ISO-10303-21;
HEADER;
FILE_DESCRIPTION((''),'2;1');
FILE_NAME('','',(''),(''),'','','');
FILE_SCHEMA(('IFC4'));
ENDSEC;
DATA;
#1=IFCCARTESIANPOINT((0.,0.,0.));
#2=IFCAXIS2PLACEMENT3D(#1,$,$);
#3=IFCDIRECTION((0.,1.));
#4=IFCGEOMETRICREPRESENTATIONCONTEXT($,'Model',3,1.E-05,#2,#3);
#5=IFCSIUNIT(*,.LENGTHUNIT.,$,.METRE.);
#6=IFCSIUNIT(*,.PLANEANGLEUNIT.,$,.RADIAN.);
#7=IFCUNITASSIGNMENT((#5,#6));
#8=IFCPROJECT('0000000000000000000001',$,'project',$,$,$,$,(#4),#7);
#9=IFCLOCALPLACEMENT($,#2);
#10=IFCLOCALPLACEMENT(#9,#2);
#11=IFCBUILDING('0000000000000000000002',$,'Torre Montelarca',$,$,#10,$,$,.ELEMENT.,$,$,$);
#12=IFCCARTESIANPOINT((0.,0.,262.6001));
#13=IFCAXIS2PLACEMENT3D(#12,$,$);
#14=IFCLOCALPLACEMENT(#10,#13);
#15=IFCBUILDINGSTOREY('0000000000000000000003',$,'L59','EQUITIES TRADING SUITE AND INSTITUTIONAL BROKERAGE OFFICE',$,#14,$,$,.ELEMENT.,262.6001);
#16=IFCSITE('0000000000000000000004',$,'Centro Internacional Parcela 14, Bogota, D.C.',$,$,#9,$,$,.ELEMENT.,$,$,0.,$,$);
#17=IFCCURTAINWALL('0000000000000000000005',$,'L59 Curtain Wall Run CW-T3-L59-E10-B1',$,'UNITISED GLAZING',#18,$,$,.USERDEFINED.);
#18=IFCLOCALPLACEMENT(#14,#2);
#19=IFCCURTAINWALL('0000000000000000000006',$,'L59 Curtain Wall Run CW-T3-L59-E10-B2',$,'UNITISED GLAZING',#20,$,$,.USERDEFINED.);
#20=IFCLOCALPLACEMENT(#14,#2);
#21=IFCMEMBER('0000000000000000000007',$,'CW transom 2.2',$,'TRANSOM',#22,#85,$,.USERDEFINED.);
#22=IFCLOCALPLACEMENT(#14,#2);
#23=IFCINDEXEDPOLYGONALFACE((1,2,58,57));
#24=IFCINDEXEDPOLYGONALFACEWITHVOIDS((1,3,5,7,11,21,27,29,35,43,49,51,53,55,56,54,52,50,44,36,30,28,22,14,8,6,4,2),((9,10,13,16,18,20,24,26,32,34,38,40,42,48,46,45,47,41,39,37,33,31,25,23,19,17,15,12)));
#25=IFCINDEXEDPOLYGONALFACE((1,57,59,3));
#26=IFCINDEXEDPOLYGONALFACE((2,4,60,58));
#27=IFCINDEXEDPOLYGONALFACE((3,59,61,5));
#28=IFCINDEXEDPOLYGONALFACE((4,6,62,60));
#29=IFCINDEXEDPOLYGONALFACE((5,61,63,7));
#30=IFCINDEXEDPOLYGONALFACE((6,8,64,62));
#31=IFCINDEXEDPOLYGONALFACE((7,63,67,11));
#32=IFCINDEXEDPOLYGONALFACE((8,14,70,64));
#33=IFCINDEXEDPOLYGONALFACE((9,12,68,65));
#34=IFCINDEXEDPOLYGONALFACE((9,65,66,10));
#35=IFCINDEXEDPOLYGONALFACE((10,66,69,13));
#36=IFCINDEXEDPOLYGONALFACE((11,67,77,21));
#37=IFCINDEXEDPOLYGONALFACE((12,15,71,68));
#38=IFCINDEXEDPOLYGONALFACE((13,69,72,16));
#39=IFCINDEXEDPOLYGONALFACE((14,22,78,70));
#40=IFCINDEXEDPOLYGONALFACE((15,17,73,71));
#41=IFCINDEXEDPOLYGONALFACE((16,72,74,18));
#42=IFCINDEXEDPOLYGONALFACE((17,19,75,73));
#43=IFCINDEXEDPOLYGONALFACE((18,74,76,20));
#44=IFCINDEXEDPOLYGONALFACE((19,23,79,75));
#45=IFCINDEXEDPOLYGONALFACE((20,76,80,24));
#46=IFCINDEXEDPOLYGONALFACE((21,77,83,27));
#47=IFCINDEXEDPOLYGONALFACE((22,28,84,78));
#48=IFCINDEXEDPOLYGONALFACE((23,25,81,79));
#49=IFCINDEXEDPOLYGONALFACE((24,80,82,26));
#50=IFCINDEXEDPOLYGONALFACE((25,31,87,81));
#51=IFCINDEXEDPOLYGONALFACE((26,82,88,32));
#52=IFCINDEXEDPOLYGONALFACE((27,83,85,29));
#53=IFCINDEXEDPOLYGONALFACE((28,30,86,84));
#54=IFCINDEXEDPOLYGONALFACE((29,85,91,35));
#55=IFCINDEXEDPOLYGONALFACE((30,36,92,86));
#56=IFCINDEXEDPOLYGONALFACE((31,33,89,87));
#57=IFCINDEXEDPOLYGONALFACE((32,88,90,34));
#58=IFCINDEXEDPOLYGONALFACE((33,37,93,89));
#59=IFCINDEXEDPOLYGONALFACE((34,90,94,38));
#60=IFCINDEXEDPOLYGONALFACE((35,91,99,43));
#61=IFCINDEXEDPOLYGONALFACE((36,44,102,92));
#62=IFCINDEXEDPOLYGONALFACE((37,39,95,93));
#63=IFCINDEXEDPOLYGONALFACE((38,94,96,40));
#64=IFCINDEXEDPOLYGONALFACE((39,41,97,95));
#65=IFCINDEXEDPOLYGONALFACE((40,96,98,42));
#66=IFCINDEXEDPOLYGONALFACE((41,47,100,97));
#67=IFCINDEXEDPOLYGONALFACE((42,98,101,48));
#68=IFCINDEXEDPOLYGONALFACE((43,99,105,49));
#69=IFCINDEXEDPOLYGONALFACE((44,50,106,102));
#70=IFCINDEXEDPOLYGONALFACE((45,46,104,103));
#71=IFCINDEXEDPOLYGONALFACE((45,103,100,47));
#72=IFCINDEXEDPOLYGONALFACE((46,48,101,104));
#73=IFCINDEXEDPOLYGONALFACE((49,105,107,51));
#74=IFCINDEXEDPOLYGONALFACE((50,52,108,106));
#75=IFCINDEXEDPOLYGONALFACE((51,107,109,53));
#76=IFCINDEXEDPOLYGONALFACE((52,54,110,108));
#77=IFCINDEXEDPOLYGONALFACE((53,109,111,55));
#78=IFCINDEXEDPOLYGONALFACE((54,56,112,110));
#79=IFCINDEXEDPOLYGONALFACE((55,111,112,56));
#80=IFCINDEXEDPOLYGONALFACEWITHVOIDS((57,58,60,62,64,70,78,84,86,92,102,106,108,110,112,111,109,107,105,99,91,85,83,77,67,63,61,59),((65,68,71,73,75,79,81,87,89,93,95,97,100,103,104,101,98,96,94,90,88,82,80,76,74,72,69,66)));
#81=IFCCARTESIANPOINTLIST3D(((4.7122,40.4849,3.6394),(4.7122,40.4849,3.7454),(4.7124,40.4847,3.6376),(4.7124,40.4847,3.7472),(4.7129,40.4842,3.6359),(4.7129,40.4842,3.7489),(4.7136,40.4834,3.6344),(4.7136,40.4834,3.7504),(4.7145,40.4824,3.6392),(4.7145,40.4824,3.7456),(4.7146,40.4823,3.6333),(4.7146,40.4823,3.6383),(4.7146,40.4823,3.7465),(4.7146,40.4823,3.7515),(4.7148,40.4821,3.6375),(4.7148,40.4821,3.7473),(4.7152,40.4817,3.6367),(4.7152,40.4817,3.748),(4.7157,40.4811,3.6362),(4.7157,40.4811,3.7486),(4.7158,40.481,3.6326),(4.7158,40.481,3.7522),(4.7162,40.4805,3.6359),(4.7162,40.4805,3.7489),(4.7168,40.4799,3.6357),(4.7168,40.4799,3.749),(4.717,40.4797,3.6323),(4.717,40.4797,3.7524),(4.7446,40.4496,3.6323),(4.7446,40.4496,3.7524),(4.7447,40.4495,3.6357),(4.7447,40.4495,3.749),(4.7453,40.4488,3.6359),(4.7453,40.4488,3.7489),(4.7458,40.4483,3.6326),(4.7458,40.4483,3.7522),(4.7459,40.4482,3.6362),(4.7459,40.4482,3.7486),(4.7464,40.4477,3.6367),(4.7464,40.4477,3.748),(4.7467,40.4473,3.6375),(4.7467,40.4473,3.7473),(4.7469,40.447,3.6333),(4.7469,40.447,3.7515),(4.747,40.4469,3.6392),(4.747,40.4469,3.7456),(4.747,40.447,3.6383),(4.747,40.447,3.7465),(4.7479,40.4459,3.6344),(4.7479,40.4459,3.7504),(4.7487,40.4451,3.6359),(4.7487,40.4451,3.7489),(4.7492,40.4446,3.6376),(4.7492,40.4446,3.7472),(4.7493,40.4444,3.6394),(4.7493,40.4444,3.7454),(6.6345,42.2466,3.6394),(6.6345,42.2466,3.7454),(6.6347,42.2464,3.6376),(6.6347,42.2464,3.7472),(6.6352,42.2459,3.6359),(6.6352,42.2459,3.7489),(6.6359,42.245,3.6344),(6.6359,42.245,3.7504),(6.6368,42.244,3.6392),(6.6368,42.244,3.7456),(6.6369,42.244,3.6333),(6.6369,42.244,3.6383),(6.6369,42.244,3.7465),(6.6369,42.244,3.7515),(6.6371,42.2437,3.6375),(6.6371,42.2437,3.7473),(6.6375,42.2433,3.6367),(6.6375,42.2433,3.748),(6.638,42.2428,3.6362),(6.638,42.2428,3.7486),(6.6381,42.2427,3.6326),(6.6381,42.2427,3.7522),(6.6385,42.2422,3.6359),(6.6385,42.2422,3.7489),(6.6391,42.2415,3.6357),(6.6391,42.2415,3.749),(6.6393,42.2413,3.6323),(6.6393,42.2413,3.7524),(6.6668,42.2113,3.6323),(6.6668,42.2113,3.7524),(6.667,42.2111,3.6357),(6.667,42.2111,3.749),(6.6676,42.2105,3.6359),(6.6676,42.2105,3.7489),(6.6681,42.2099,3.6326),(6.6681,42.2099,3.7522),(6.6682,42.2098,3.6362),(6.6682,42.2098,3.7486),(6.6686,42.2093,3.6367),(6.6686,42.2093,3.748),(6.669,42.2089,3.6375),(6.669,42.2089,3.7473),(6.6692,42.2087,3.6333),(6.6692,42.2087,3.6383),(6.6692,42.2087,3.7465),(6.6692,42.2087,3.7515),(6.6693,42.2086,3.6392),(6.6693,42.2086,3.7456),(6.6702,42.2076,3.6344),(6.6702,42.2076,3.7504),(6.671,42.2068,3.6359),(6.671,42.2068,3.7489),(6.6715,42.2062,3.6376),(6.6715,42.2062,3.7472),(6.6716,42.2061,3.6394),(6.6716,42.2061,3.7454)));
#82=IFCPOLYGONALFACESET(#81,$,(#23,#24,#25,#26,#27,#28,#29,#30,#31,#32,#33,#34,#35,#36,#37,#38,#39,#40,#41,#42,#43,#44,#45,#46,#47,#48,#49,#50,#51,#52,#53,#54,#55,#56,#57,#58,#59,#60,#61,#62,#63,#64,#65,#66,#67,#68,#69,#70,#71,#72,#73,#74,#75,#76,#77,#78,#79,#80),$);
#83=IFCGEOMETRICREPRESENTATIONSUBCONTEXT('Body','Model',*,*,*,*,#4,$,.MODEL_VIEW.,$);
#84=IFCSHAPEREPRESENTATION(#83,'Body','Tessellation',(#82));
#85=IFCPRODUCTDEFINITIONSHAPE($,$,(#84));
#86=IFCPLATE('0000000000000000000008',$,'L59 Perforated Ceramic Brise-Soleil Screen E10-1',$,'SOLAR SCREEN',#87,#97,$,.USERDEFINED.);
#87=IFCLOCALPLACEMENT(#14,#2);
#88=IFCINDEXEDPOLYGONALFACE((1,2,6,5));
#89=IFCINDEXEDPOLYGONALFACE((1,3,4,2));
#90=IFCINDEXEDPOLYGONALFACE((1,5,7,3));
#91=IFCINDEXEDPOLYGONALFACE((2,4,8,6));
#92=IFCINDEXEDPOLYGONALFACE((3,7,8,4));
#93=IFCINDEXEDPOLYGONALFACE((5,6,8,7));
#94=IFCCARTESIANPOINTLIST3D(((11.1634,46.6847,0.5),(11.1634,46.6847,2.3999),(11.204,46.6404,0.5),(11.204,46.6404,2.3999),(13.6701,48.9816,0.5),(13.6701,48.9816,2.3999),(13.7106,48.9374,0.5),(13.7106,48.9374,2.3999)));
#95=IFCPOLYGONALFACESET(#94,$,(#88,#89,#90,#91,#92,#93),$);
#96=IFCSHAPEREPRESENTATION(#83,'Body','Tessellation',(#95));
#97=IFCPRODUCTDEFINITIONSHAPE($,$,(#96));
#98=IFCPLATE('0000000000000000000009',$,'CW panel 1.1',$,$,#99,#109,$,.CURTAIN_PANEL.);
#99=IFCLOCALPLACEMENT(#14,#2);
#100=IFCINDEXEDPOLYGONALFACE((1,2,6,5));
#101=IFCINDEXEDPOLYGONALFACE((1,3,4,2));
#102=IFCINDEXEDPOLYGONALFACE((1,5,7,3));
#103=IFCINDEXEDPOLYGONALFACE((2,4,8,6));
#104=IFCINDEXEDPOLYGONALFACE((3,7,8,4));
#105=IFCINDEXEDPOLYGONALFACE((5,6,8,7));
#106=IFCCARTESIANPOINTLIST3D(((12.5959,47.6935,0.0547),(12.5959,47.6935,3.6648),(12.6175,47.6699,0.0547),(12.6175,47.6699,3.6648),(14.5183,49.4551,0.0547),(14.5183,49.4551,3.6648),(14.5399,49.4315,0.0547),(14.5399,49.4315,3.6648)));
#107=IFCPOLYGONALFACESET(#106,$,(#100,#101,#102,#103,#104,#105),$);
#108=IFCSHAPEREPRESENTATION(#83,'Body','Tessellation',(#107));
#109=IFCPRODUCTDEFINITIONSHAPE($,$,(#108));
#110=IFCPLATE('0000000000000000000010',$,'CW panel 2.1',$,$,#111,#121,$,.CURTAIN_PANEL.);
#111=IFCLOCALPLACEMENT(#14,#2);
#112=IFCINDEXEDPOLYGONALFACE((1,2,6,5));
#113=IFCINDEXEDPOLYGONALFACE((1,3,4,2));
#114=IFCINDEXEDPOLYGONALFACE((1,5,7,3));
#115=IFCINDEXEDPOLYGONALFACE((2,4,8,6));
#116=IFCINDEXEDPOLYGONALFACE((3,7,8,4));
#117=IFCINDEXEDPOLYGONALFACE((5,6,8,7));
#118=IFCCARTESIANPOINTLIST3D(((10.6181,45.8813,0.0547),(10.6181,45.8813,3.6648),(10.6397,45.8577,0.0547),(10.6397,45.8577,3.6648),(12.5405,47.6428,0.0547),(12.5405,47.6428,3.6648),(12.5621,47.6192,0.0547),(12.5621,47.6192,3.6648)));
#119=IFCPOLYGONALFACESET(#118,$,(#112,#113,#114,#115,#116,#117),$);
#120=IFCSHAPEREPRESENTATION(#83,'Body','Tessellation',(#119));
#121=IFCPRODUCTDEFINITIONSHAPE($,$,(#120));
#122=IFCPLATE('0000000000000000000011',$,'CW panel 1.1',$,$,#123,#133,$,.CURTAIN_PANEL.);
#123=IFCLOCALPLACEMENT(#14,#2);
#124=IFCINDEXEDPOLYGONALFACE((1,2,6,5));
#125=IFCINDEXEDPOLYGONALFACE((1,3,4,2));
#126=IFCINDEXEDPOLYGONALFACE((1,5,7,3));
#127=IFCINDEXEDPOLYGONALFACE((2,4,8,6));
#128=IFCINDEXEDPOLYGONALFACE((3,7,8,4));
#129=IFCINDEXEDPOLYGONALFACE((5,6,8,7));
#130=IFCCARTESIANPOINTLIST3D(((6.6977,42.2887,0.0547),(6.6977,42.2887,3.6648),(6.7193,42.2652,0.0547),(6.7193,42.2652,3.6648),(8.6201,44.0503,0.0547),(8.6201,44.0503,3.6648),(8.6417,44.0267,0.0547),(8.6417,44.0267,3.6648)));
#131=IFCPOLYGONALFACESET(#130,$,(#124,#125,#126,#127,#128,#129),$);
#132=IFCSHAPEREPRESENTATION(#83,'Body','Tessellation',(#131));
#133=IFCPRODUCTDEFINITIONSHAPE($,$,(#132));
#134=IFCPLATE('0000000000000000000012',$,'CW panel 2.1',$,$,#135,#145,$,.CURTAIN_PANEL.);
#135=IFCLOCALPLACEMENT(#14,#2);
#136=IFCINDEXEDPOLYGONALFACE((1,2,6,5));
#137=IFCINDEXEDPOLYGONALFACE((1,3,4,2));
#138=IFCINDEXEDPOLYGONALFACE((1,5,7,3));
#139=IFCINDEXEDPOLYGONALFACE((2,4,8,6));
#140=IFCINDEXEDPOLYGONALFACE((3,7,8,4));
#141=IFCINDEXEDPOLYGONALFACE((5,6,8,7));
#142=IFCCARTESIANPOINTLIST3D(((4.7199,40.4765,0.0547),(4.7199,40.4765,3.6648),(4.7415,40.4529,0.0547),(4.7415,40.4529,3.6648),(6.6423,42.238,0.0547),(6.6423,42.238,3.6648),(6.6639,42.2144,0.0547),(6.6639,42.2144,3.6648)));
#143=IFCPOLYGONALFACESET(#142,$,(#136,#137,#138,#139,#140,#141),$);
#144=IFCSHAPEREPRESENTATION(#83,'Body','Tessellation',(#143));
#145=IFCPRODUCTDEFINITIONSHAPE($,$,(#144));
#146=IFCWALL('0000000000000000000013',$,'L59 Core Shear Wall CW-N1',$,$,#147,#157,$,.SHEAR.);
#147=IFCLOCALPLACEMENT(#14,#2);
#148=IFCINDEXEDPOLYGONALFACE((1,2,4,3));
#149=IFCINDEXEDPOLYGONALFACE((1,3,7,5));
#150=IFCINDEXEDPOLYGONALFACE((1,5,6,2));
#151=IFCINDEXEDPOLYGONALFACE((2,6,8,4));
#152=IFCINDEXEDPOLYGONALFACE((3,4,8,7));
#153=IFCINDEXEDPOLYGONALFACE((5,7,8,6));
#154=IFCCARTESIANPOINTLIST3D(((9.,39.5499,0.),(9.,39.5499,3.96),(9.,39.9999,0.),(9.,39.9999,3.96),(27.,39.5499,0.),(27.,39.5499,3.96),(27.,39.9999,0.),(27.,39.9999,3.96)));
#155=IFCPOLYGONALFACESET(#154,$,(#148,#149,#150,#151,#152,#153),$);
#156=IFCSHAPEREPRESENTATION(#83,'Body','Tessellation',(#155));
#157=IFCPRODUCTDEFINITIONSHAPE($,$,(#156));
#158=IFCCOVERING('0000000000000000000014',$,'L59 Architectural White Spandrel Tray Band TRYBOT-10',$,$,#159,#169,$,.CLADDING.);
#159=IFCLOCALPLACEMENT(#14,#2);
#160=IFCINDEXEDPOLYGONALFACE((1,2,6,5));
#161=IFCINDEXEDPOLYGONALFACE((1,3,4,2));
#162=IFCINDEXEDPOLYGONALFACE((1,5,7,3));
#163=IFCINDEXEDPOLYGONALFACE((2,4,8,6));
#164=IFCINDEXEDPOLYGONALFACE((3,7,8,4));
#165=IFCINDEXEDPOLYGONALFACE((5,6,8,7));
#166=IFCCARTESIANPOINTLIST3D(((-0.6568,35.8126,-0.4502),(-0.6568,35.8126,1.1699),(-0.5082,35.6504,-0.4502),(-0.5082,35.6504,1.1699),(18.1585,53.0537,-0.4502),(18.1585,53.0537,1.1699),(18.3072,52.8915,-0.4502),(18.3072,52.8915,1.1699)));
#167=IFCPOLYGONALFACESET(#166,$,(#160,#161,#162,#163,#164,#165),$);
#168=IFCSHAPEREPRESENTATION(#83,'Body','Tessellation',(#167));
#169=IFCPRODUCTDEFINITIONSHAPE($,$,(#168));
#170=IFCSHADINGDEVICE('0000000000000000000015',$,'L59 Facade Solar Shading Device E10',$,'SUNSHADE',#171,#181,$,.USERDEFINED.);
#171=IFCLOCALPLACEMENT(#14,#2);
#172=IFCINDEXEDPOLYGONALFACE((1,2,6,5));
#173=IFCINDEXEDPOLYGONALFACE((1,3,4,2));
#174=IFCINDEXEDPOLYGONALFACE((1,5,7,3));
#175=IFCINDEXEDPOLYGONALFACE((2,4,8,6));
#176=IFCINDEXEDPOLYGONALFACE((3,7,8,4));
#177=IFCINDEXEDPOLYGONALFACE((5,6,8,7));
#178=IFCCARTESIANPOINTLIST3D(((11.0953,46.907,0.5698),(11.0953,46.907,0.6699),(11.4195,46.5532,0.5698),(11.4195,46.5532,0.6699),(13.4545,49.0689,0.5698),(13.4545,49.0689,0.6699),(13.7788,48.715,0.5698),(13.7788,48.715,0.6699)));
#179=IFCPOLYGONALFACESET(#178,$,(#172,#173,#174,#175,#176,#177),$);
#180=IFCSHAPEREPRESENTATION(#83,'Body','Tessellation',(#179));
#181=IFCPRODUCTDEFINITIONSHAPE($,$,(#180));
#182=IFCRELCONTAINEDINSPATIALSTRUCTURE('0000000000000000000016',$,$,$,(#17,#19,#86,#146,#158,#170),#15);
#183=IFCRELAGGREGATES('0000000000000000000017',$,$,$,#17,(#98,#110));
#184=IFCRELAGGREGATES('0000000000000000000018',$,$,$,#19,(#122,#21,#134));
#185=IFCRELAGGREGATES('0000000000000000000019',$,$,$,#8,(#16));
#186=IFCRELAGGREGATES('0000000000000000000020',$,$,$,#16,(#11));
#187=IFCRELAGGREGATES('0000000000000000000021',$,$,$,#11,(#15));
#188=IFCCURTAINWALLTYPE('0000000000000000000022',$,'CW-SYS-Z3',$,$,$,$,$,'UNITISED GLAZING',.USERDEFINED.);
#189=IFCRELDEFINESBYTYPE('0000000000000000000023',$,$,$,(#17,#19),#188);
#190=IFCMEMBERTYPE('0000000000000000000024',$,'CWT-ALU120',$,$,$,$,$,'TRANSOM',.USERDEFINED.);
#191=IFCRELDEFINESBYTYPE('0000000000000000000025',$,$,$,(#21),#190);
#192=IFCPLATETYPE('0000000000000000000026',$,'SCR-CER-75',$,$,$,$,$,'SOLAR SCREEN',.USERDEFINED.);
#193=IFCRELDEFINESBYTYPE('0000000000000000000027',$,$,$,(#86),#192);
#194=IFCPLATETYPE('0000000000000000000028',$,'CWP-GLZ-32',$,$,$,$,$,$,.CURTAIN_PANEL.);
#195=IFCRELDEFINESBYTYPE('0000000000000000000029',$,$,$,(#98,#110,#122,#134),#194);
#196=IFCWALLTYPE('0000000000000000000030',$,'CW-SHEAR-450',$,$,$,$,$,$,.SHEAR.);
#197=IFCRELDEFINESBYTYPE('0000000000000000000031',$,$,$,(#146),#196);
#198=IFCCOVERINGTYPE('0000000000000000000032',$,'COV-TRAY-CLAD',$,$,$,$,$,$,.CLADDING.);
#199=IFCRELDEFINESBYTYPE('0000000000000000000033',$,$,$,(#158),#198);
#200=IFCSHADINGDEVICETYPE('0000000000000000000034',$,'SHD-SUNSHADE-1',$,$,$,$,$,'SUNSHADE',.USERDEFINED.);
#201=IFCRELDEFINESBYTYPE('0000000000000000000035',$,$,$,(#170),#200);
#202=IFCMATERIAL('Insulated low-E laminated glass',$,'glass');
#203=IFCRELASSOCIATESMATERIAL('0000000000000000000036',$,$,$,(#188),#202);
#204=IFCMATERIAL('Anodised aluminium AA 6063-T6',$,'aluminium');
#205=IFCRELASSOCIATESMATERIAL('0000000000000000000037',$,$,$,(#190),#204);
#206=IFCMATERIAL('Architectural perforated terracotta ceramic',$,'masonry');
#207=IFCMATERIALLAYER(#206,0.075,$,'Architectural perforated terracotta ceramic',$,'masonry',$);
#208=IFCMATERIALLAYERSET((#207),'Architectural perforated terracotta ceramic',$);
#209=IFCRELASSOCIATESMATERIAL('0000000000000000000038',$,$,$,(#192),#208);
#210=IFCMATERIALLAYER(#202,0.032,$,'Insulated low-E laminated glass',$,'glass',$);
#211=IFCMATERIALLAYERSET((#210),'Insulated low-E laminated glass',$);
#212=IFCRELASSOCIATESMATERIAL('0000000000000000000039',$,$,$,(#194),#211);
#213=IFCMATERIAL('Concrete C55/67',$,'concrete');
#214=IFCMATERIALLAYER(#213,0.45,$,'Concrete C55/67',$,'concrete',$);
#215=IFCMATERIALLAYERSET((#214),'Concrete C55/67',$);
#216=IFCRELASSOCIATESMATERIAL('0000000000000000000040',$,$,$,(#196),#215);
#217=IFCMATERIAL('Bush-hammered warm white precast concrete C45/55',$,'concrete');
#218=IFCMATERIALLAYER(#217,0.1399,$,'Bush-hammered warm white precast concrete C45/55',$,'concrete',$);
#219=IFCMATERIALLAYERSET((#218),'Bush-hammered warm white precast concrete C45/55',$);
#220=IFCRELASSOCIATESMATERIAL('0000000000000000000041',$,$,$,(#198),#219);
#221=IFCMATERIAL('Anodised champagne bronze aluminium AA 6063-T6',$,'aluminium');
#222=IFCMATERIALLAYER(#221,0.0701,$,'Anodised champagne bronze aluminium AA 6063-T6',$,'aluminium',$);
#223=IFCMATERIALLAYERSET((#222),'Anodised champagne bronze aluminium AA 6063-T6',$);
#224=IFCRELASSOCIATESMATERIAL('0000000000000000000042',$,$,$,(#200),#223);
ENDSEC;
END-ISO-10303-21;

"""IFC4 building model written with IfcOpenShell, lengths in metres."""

from ifc_helpers import new_model, si_unit, direction, frame, frame_2d, origin, origin_2d, place, context, subcontext, project, spatial, rectangle, hollow_rectangle, extrude, source, transform, mapped, material, layer, layer_set, material_profile, profile_set, type_object, element, aggregate, save


model = new_model("IFC4")

# Units and contexts
model_context = context("Model", 3, precision=1e-05, world=origin(), true_north=direction((0.0, 1.0)))
body_context = subcontext(model_context, "Body", "Model", "MODEL_VIEW")
ifc_project = project(units=[si_unit("LENGTHUNIT", "METRE"), si_unit("PLANEANGLEUNIT", "RADIAN")], contexts=[model_context])

# Site, building, storey
site_placement = place(None, origin())
site = spatial("IfcSite", under=ifc_project, at=site_placement, Name="Centro Internacional Parcela 14, Bogota, D.C.", CompositionType="ELEMENT", RefElevation=0.0)
building_placement = place(site_placement, origin())
building = spatial("IfcBuilding", under=site, at=building_placement, Name="Torre Montelarca", CompositionType="ELEMENT")
storey_placement = place(building_placement, frame((0.0, 0.0, 262.6001)))
storey = spatial("IfcBuildingStorey", under=building, at=storey_placement, Name="L59", Description="EQUITIES TRADING SUITE AND INSTITUTIONAL BROKERAGE OFFICE", CompositionType="ELEMENT", Elevation=262.6001)

# Shared definitions
ifc_material_1 = material(Name="Concrete C55/67", Category="concrete")

# Curtain walls
ifc_material_2 = material(Name="Insulated low-E laminated glass", Category="glass")
curtain_wall_type = type_object("IfcCurtainWallType", Name="CW-SYS-Z3", ElementType="UNITISED GLAZING", PredefinedType="USERDEFINED", material=ifc_material_2)
curtain_wall_1_placement = place(storey_placement, origin())
curtain_wall_1 = element("IfcCurtainWall", 1, at=curtain_wall_1_placement, inside=storey, type_object=curtain_wall_type, Name="L59 Curtain Wall Run CW-T3-L59-E10-B1", ObjectType="UNITISED GLAZING", PredefinedType="USERDEFINED")
ifc_material_3 = material(Name="Anodised aluminium AA 6063-T6", Category="aluminium")
curtain_wall_2_placement = place(storey_placement, origin())
curtain_wall_2 = element("IfcCurtainWall", 2, at=curtain_wall_2_placement, inside=storey, type_object=curtain_wall_type, Name="L59 Curtain Wall Run CW-T3-L59-E10-B2", ObjectType="UNITISED GLAZING", PredefinedType="USERDEFINED")

# Member
ifc_material_profile_1 = material_profile(ifc_material_3, hollow_rectangle(XDim=0.0549, YDim=0.1201, WallThickness=0.0034, InnerFilletRadius=0.0034, OuterFilletRadius=0.0071, at=origin_2d()), Name="ALU55X120X3.5", Category="aluminium")
ifc_profile_set_1 = profile_set([ifc_material_profile_1], Name="Anodised aluminium AA 6063-T6")
member_type_1 = type_object("IfcMemberType", Name="CWT-ALU120", ElementType="TRANSOM", PredefinedType="USERDEFINED", material=ifc_profile_set_1)
shared_shape_1 = source(origin(), body_context, "Body", "SweptSolid", [
    extrude(hollow_rectangle(XDim=0.0549, YDim=0.1201, WallThickness=0.0034, InnerFilletRadius=0.0034, OuterFilletRadius=0.0071, at=origin_2d()), origin(), (0.0, 0.0, 1.0), 2.6074),
])
member_1_placement = place(storey_placement, frame((6.6531, 42.2263, 3.6924), z_axis=(-0.73724, -0.675631, 0.0), x_axis=(0.675631, -0.73724, 0.0)))
member_1 = element("IfcMember", 3, at=member_1_placement, type_object=member_type_1, Name="CW transom 2.2", ObjectType="TRANSOM", PredefinedType="USERDEFINED", context=body_context, shape_type="MappedRepresentation", body=[
    mapped(shared_shape_1, transform((0.0, 0.0, 0.0), scale=1.0)),
])

# Plates
ifc_material_4 = material(Name="Architectural perforated terracotta ceramic", Category="masonry")
ifc_layer_1 = layer(ifc_material_4, 0.075, Name="Architectural perforated terracotta ceramic", Category="masonry")
ifc_layer_set_1 = layer_set([ifc_layer_1], Name="Architectural perforated terracotta ceramic")
plate_type_1 = type_object("IfcPlateType", Name="SCR-CER-75", ElementType="SOLAR SCREEN", PredefinedType="USERDEFINED", material=ifc_layer_set_1)
shared_shape_2 = source(origin(), body_context, "Body", "SweptSolid", [
    extrude(rectangle(XDim=3.3999, YDim=0.0601, at=origin_2d()), origin(), (0.0, 0.0, 1.0), 1.8999),
])
plate_1_placement = place(storey_placement, frame((12.437, 47.811, 0.5), z_axis=(0.0, 0.0, 1.0), x_axis=(-0.737276, -0.675591, 0.0)))
element("IfcPlate", 4, at=plate_1_placement, inside=storey, type_object=plate_type_1, Name="L59 Perforated Ceramic Brise-Soleil Screen E10-1", ObjectType="SOLAR SCREEN", PredefinedType="USERDEFINED", context=body_context, shape_type="MappedRepresentation", body=[
    mapped(shared_shape_2, transform((0.0, 0.0, 0.0), scale=1.0)),
])
ifc_layer_2 = layer(ifc_material_2, 0.032, Name="Insulated low-E laminated glass", Category="glass")
ifc_layer_set_2 = layer_set([ifc_layer_2], Name="Insulated low-E laminated glass")
plate_type_2 = type_object("IfcPlateType", Name="CWP-GLZ-32", PredefinedType="CURTAIN_PANEL", material=ifc_layer_set_2)
shared_shape_3 = source(origin(), body_context, "Body", "SweptSolid", [
    extrude(rectangle(XDim=2.6074, YDim=0.032, at=origin_2d()), origin(), (0.0, 0.0, 1.0), 3.6101),
])
plate_2_placement = place(storey_placement, frame((13.5679, 48.5625, 0.0547), z_axis=(0.0, 0.0, 1.0), x_axis=(-0.737279, -0.675588, 0.0)))
plate_2 = element("IfcPlate", 5, at=plate_2_placement, type_object=plate_type_2, Name="CW panel 1.1", PredefinedType="CURTAIN_PANEL", context=body_context, shape_type="MappedRepresentation", body=[
    mapped(shared_shape_3, transform((0.0, 0.0, 0.0), scale=1.0)),
])
plate_3_placement = place(storey_placement, frame((11.5901, 46.7502, 0.0547), z_axis=(0.0, 0.0, 1.0), x_axis=(-0.737279, -0.675588, 0.0)))
plate_3 = element("IfcPlate", 6, at=plate_3_placement, type_object=plate_type_2, Name="CW panel 2.1", PredefinedType="CURTAIN_PANEL", context=body_context, shape_type="MappedRepresentation", body=[
    mapped(shared_shape_3, transform((0.0, 0.0, 0.0), scale=1.0)),
])
aggregate(curtain_wall_1, [plate_2, plate_3])
plate_4_placement = place(storey_placement, frame((7.6697, 43.1577, 0.0547), z_axis=(0.0, 0.0, 1.0), x_axis=(-0.737279, -0.675588, 0.0)))
plate_4 = element("IfcPlate", 7, at=plate_4_placement, type_object=plate_type_2, Name="CW panel 1.1", PredefinedType="CURTAIN_PANEL", context=body_context, shape_type="MappedRepresentation", body=[
    mapped(shared_shape_3, transform((0.0, 0.0, 0.0), scale=1.0)),
])
plate_5_placement = place(storey_placement, frame((5.6919, 41.3455, 0.0547), z_axis=(0.0, 0.0, 1.0), x_axis=(-0.737279, -0.675588, 0.0)))
plate_5 = element("IfcPlate", 8, at=plate_5_placement, type_object=plate_type_2, Name="CW panel 2.1", PredefinedType="CURTAIN_PANEL", context=body_context, shape_type="MappedRepresentation", body=[
    mapped(shared_shape_3, transform((0.0, 0.0, 0.0), scale=1.0)),
])
aggregate(curtain_wall_2, [plate_4, member_1, plate_5])

# Wall
ifc_layer_3 = layer(ifc_material_1, 0.45, Name="Concrete C55/67", Category="concrete")
ifc_layer_set_3 = layer_set([ifc_layer_3], Name="Concrete C55/67")
wall_type = type_object("IfcWallType", Name="CW-SHEAR-450", PredefinedType="SHEAR", material=ifc_layer_set_3)
wall_placement = place(storey_placement, frame((9.0, 39.7749, 0.0), z_axis=(0.0, 0.0, 1.0), x_axis=(1.0, 0.0, 0.0)))
element("IfcWall", 9, at=wall_placement, inside=storey, type_object=wall_type, Name="L59 Core Shear Wall CW-N1", PredefinedType="SHEAR", context=body_context, shape_type="SweptSolid", body=[
    extrude(rectangle(XDim=18.0, YDim=0.45, at=frame_2d((9.0, 0.0))), origin(), (0.0, 0.0, 1.0), 3.96),
])

# Covering
ifc_material_5 = material(Name="Bush-hammered warm white precast concrete C45/55", Category="concrete")
ifc_layer_4 = layer(ifc_material_5, 0.1399, Name="Bush-hammered warm white precast concrete C45/55", Category="concrete")
ifc_layer_set_4 = layer_set([ifc_layer_4], Name="Bush-hammered warm white precast concrete C45/55")
covering_type = type_object("IfcCoveringType", Name="COV-TRAY-CLAD", PredefinedType="CLADDING", material=ifc_layer_set_4)
shared_shape_4 = source(origin(), body_context, "Body", "SweptSolid", [
    extrude(rectangle(XDim=25.52, YDim=0.22, at=origin_2d()), origin(), (0.0, 0.0, 1.0), 1.6201),
])
covering_placement = place(storey_placement, frame((8.8252, 44.3521, -0.4502), z_axis=(0.0, 0.0, 1.0), x_axis=(-0.737276, -0.675591, 0.0)))
element("IfcCovering", 10, at=covering_placement, inside=storey, type_object=covering_type, Name="L59 Architectural White Spandrel Tray Band TRYBOT-10", PredefinedType="CLADDING", context=body_context, shape_type="MappedRepresentation", body=[
    mapped(shared_shape_4, transform((0.0, 0.0, 0.0), scale=1.0)),
])

# Shading device
ifc_material_6 = material(Name="Anodised champagne bronze aluminium AA 6063-T6", Category="aluminium")
ifc_layer_5 = layer(ifc_material_6, 0.0701, Name="Anodised champagne bronze aluminium AA 6063-T6", Category="aluminium")
ifc_layer_set_5 = layer_set([ifc_layer_5], Name="Anodised champagne bronze aluminium AA 6063-T6")
shading_device_type = type_object("IfcShadingDeviceType", Name="SHD-SUNSHADE-1", ElementType="SUNSHADE", PredefinedType="USERDEFINED", material=ifc_layer_set_5)
shared_shape_5 = source(origin(), body_context, "Body", "SweptSolid", [
    extrude(rectangle(XDim=3.2, YDim=0.48, at=origin_2d()), origin(), (0.0, 0.0, 1.0), 0.1001),
])
shading_device_placement = place(storey_placement, frame((12.437, 47.811, 0.5698), z_axis=(0.0, 0.0, 1.0), x_axis=(-0.737276, -0.675591, 0.0)))
element("IfcShadingDevice", 11, at=shading_device_placement, inside=storey, type_object=shading_device_type, Name="L59 Facade Solar Shading Device E10", ObjectType="SUNSHADE", PredefinedType="USERDEFINED", context=body_context, shape_type="MappedRepresentation", body=[
    mapped(shared_shape_5, transform((0.0, 0.0, 0.0), scale=1.0)),
])

save(model, "model.ifc")
